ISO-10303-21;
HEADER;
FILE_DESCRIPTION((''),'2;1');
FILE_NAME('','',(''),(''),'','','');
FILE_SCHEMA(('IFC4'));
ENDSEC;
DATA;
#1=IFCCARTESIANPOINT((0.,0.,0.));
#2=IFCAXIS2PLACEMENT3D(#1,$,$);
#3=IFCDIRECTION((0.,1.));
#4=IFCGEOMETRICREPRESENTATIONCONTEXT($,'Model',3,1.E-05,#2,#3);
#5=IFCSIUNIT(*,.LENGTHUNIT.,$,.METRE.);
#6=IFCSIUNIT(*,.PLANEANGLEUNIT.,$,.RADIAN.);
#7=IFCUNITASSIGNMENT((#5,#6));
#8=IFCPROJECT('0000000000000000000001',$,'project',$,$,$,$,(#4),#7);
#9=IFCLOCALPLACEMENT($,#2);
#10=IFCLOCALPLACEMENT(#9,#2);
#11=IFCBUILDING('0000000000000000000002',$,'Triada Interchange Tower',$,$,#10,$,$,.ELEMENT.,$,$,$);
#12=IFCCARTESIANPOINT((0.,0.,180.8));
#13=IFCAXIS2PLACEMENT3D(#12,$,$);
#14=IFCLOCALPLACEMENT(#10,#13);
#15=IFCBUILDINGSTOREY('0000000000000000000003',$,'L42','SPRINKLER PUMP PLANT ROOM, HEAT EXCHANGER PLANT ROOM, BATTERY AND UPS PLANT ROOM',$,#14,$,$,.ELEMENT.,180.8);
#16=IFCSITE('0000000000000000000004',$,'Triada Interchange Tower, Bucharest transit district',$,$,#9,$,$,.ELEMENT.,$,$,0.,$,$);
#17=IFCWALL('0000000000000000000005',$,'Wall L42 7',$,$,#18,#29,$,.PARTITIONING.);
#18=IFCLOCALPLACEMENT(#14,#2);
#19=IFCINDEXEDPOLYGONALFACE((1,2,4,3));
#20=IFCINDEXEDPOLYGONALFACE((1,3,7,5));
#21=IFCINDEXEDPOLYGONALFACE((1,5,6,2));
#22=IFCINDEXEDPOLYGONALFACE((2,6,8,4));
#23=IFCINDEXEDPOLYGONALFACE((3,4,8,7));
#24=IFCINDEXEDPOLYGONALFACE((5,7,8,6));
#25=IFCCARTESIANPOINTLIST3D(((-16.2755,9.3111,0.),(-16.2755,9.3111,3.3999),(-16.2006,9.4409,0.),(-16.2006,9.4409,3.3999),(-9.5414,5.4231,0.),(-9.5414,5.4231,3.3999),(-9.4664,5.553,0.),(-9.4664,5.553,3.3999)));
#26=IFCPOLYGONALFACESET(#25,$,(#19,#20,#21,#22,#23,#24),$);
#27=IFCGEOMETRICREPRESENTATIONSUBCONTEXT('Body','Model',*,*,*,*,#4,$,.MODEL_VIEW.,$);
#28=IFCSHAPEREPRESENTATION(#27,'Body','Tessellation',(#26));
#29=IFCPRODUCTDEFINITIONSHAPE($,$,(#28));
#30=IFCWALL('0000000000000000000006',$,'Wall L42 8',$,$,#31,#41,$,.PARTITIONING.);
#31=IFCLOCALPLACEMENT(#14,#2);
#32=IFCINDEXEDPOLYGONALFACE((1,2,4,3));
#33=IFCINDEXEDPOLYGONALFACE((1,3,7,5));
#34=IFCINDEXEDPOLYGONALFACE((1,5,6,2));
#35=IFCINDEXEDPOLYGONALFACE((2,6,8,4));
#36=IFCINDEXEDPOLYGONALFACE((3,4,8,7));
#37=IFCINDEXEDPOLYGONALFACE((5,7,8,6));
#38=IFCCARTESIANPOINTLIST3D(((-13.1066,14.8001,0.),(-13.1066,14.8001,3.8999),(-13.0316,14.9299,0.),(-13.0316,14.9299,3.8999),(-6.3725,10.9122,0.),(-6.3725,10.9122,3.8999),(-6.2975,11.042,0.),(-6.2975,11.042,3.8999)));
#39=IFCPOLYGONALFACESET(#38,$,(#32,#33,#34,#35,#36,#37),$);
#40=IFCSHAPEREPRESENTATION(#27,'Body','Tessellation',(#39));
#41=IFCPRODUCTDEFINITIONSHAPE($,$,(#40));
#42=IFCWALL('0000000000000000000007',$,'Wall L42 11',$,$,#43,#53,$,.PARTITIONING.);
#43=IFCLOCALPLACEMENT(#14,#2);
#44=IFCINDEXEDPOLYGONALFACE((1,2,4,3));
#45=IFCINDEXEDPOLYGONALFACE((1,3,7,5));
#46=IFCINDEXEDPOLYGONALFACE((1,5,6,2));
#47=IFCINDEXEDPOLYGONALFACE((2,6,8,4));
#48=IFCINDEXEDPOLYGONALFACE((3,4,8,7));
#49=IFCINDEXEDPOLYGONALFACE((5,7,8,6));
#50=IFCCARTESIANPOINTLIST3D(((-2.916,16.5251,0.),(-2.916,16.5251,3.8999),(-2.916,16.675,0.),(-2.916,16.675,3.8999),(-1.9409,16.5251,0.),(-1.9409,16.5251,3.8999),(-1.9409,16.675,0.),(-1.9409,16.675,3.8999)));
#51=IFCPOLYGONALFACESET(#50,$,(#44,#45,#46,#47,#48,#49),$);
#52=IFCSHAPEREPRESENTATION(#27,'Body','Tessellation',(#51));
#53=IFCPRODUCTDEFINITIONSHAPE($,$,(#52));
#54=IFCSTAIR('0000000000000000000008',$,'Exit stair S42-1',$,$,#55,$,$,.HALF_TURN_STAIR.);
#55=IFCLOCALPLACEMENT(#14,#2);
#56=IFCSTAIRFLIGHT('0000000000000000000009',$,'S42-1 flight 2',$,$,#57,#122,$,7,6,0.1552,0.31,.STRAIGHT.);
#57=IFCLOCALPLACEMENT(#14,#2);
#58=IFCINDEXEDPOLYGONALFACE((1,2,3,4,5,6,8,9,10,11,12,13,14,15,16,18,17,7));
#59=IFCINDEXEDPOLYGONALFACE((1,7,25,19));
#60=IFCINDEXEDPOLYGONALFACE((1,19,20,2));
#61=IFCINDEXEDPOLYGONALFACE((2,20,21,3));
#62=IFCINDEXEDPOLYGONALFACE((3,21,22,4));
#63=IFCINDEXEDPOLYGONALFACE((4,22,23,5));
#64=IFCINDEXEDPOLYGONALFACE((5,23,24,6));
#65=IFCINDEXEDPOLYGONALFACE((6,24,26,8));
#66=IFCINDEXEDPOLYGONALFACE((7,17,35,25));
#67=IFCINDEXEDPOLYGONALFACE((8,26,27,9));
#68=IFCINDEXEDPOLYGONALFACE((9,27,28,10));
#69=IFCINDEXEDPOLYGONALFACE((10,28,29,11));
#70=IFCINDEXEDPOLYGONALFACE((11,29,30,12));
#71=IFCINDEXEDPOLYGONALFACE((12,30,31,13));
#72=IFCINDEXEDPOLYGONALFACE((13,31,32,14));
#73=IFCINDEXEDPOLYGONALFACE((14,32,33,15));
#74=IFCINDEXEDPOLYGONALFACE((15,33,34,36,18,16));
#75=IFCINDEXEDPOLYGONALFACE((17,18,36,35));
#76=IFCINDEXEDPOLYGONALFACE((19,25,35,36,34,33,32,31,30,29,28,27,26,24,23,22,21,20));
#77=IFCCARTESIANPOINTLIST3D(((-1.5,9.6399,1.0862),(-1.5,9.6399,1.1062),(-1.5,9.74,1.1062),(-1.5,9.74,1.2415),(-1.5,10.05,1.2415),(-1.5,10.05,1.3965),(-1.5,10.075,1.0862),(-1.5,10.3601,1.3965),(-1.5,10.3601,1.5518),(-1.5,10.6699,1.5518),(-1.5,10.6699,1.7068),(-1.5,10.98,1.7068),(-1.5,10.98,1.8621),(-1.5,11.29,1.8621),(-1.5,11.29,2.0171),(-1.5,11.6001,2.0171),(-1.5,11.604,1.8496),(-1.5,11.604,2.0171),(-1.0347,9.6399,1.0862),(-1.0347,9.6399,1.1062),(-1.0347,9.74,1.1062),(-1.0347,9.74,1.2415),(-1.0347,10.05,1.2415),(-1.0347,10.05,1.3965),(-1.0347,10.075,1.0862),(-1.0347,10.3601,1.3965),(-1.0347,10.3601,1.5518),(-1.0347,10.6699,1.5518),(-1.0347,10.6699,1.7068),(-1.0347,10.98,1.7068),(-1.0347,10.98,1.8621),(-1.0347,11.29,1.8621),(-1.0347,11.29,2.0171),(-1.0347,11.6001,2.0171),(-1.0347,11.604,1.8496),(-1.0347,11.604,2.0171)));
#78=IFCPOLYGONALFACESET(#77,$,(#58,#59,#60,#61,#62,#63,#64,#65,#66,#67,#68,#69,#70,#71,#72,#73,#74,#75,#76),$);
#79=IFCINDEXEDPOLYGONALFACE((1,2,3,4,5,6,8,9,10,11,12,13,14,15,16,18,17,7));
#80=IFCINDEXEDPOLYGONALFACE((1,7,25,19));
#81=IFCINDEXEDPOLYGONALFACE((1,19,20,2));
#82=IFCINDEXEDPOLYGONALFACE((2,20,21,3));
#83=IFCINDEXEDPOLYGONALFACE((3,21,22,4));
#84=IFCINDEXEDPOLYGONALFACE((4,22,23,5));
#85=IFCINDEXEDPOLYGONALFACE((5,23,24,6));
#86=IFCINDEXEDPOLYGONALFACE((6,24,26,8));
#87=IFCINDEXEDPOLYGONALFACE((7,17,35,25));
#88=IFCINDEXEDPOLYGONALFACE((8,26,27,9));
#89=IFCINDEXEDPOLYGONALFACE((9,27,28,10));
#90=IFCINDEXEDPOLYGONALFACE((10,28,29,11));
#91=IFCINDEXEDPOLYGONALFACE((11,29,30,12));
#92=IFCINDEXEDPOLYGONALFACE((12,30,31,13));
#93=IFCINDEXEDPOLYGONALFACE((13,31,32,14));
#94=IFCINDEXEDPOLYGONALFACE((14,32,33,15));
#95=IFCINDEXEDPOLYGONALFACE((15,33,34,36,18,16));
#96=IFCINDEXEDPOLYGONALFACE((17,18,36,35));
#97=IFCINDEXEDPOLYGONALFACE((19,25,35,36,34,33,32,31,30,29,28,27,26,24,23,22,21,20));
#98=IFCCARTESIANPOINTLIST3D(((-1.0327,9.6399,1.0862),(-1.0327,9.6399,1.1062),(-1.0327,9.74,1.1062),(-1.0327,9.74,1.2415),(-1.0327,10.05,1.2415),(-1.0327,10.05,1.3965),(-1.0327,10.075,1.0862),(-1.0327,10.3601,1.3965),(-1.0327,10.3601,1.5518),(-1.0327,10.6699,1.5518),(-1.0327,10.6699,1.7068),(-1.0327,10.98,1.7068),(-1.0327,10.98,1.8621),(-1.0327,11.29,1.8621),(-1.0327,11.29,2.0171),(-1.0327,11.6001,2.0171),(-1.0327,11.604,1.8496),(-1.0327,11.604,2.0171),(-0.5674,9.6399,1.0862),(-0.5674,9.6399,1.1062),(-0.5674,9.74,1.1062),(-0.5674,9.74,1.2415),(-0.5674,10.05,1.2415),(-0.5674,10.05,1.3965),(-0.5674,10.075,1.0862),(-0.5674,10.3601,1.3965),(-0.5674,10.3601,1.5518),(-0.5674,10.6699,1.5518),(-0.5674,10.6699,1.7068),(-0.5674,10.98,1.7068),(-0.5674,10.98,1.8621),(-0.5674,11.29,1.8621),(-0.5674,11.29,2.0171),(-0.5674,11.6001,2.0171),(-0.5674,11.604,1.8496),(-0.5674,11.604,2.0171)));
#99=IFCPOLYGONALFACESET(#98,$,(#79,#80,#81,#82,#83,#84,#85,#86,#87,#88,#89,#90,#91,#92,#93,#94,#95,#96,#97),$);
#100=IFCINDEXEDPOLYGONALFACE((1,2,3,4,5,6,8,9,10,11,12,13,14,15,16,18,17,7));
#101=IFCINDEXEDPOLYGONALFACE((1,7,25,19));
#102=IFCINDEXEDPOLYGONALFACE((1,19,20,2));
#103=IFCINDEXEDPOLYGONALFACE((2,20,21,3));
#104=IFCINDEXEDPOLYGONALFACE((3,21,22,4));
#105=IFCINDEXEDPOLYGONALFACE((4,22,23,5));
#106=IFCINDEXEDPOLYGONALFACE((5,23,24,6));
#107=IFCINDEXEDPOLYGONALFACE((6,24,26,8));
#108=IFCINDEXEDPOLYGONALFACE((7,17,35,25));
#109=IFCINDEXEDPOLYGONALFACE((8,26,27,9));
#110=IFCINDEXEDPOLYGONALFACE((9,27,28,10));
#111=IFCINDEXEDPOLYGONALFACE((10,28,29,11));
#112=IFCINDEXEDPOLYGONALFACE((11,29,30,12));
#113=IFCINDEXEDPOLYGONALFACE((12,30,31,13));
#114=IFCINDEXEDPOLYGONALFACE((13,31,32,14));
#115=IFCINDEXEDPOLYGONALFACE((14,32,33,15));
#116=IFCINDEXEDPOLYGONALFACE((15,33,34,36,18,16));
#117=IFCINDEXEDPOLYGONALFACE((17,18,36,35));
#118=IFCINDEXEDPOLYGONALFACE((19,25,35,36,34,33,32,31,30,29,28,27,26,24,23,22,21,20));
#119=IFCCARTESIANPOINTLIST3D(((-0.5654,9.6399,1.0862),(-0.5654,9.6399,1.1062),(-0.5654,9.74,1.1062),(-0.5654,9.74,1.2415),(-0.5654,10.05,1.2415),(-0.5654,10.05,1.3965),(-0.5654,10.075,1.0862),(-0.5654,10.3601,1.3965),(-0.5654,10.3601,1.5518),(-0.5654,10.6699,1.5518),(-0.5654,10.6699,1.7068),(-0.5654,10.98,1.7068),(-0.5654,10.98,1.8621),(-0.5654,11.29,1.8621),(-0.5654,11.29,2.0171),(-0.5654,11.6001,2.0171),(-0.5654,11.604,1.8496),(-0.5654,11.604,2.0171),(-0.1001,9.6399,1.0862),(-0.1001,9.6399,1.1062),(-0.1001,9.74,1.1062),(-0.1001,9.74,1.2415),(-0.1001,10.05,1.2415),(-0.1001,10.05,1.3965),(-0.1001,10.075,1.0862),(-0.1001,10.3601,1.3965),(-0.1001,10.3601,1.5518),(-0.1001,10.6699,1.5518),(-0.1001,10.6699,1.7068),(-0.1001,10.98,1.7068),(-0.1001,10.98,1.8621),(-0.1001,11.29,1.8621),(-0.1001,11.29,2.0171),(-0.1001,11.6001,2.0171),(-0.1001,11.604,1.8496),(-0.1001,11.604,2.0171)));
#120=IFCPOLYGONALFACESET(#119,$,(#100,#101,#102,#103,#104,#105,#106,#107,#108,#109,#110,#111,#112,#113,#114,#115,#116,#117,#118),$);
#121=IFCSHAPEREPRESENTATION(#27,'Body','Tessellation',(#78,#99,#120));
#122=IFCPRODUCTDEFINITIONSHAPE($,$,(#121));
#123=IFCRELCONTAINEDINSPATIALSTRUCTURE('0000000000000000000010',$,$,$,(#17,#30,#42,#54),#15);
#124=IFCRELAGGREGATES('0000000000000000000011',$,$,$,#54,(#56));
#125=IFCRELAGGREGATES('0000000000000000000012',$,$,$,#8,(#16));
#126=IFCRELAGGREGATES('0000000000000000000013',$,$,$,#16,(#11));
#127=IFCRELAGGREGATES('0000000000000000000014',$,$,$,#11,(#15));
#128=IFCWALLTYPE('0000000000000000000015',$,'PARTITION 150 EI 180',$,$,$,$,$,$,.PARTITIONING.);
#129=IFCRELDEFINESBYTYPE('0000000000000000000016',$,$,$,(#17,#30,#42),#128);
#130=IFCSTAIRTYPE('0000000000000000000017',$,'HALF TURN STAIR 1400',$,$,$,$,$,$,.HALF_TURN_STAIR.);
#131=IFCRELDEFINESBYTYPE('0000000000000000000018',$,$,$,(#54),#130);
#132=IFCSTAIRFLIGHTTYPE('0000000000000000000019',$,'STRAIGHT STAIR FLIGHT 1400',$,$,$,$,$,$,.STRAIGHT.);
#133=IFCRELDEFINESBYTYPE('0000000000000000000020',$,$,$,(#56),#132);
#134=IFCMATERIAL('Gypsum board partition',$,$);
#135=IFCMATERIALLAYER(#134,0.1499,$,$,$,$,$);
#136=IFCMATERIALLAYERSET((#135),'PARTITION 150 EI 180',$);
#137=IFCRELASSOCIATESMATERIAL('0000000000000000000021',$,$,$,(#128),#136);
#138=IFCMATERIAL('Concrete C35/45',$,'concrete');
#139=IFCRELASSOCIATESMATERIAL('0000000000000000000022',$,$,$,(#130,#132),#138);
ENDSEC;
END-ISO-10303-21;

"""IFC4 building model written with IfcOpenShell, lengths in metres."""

from ifc_helpers import new_model, si_unit, direction, frame, frame_2d, origin, place, context, subcontext, project, spatial, polyline, rectangle, outline, extrude, material, layer, layer_set, type_object, element, aggregate, save


model = new_model("IFC4")

# Units and contexts
model_context = context("Model", 3, precision=1e-05, world=origin(), true_north=direction((0.0, 1.0)))
body_context = subcontext(model_context, "Body", "Model", "MODEL_VIEW")
ifc_project = project(units=[si_unit("LENGTHUNIT", "METRE"), si_unit("PLANEANGLEUNIT", "RADIAN")], contexts=[model_context])

# Site, building, storey
site_placement = place(None, origin())
site = spatial("IfcSite", under=ifc_project, at=site_placement, Name="Triada Interchange Tower, Bucharest transit district", CompositionType="ELEMENT", RefElevation=0.0)
building_placement = place(site_placement, origin())
building = spatial("IfcBuilding", under=site, at=building_placement, Name="Triada Interchange Tower", CompositionType="ELEMENT")
storey_placement = place(building_placement, frame((0.0, 0.0, 180.8)))
storey = spatial("IfcBuildingStorey", under=building, at=storey_placement, Name="L42", Description="SPRINKLER PUMP PLANT ROOM, HEAT EXCHANGER PLANT ROOM, BATTERY AND UPS PLANT ROOM", CompositionType="ELEMENT", Elevation=180.8)

# Walls
ifc_material_1 = material(Name="Gypsum board partition")
ifc_layer_1 = layer(ifc_material_1, 0.1499)
ifc_layer_set_1 = layer_set([ifc_layer_1], Name="PARTITION 150 EI 180")
wall_type_1 = type_object("IfcWallType", Name="PARTITION 150 EI 180", PredefinedType="PARTITIONING", material=ifc_layer_set_1)
wall_1_placement = place(storey_placement, frame((-16.238, 9.376, 0.0), z_axis=(0.0, 0.0, 1.0), x_axis=(0.866026, -0.499999, 0.0)))
element("IfcWall", 1, at=wall_1_placement, inside=storey, type_object=wall_type_1, Name="Wall L42 7", PredefinedType="PARTITIONING", context=body_context, shape_type="SweptSolid", body=[
    extrude(rectangle(XDim=7.7759, YDim=0.1499, at=frame_2d((3.8879, 0.0))), origin(), (0.0, 0.0, 1.0), 3.3999),
])
wall_2_placement = place(storey_placement, frame((-13.0691, 14.865, 0.0), z_axis=(0.0, 0.0, 1.0), x_axis=(0.866026, -0.499999, 0.0)))
element("IfcWall", 2, at=wall_2_placement, inside=storey, type_object=wall_type_1, Name="Wall L42 8", PredefinedType="PARTITIONING", context=body_context, shape_type="SweptSolid", body=[
    extrude(rectangle(XDim=7.7759, YDim=0.1499, at=frame_2d((3.8879, 0.0))), origin(), (0.0, 0.0, 1.0), 3.8999),
])
wall_3_placement = place(storey_placement, frame((-2.916, 16.6001, 0.0), z_axis=(0.0, 0.0, 1.0), x_axis=(1.0, 0.0, 0.0)))
element("IfcWall", 3, at=wall_3_placement, inside=storey, type_object=wall_type_1, Name="Wall L42 11", PredefinedType="PARTITIONING", context=body_context, shape_type="SweptSolid", body=[
    extrude(rectangle(XDim=0.9751, YDim=0.1499, at=frame_2d((0.4875, 0.0))), origin(), (0.0, 0.0, 1.0), 3.8999),
])

# Stair, stair flight
ifc_material_2 = material(Name="Concrete C35/45", Category="concrete")
stair_type = type_object("IfcStairType", Name="HALF TURN STAIR 1400", PredefinedType="HALF_TURN_STAIR", material=ifc_material_2)
stair_placement = place(storey_placement, origin())
stair = element("IfcStair", 4, at=stair_placement, inside=storey, type_object=stair_type, Name="Exit stair S42-1", PredefinedType="HALF_TURN_STAIR")
stair_flight_type = type_object("IfcStairFlightType", Name="STRAIGHT STAIR FLIGHT 1400", PredefinedType="STRAIGHT", material=ifc_material_2)
stair_flight_1_placement = place(storey_placement, frame((-0.8, 9.74, 1.0862), z_axis=(0.0, 0.0, 1.0), x_axis=(0.0, 1.0, 0.0)))
stair_flight_1 = element("IfcStairFlight", 5, at=stair_flight_1_placement, type_object=stair_flight_type, Name="S42-1 flight 2", NumberOfRisers=7, NumberOfTreads=6, PredefinedType="STRAIGHT", RiserHeight=0.1552, TreadLength=0.31, context=body_context, shape_type="SweptSolid", body=[
    extrude(outline(polyline([(-0.1001, 0.0), (-0.1001, 0.02), (0.0, 0.02), (0.0, 0.1553), (0.3101, 0.1553), (0.3101, 0.3103), (0.6201, 0.3103), (0.6201, 0.4656), (0.9299, 0.4656), (0.9299, 0.6206), (1.24, 0.6206), (1.24, 0.7759), (1.55, 0.7759), (1.55, 0.9309), (1.8601, 0.9309), (1.864, 0.9309), (1.864, 1.0862), (1.864, 0.7634), (0.335, 0.0), (-0.1001, 0.0)])), frame((0.0, 0.7, 0.0), z_axis=(0.0, -1.0, 0.0), x_axis=(1.0, 0.0, 0.0)), (0.0, 0.0, 1.0), 0.4653),
    extrude(outline(polyline([(-0.1001, 0.0), (-0.1001, 0.02), (0.0, 0.02), (0.0, 0.1553), (0.3101, 0.1553), (0.3101, 0.3103), (0.6201, 0.3103), (0.6201, 0.4656), (0.9299, 0.4656), (0.9299, 0.6206), (1.24, 0.6206), (1.24, 0.7759), (1.55, 0.7759), (1.55, 0.9309), (1.8601, 0.9309), (1.864, 0.9309), (1.864, 1.0862), (1.864, 0.7634), (0.335, 0.0), (-0.1001, 0.0)])), frame((0.0, 0.2327, 0.0), z_axis=(0.0, -1.0, 0.0), x_axis=(1.0, 0.0, 0.0)), (0.0, 0.0, 1.0), 0.4653),
    extrude(outline(polyline([(-0.1001, 0.0), (-0.1001, 0.02), (0.0, 0.02), (0.0, 0.1553), (0.3101, 0.1553), (0.3101, 0.3103), (0.6201, 0.3103), (0.6201, 0.4656), (0.9299, 0.4656), (0.9299, 0.6206), (1.24, 0.6206), (1.24, 0.7759), (1.55, 0.7759), (1.55, 0.9309), (1.8601, 0.9309), (1.864, 0.9309), (1.864, 1.0862), (1.864, 0.7634), (0.335, 0.0), (-0.1001, 0.0)])), frame((0.0, -0.2346, 0.0), z_axis=(0.0, -1.0, 0.0), x_axis=(1.0, 0.0, 0.0)), (0.0, 0.0, 1.0), 0.4653),
])

aggregate(stair, [stair_flight_1])

save(model, "model.ifc")
